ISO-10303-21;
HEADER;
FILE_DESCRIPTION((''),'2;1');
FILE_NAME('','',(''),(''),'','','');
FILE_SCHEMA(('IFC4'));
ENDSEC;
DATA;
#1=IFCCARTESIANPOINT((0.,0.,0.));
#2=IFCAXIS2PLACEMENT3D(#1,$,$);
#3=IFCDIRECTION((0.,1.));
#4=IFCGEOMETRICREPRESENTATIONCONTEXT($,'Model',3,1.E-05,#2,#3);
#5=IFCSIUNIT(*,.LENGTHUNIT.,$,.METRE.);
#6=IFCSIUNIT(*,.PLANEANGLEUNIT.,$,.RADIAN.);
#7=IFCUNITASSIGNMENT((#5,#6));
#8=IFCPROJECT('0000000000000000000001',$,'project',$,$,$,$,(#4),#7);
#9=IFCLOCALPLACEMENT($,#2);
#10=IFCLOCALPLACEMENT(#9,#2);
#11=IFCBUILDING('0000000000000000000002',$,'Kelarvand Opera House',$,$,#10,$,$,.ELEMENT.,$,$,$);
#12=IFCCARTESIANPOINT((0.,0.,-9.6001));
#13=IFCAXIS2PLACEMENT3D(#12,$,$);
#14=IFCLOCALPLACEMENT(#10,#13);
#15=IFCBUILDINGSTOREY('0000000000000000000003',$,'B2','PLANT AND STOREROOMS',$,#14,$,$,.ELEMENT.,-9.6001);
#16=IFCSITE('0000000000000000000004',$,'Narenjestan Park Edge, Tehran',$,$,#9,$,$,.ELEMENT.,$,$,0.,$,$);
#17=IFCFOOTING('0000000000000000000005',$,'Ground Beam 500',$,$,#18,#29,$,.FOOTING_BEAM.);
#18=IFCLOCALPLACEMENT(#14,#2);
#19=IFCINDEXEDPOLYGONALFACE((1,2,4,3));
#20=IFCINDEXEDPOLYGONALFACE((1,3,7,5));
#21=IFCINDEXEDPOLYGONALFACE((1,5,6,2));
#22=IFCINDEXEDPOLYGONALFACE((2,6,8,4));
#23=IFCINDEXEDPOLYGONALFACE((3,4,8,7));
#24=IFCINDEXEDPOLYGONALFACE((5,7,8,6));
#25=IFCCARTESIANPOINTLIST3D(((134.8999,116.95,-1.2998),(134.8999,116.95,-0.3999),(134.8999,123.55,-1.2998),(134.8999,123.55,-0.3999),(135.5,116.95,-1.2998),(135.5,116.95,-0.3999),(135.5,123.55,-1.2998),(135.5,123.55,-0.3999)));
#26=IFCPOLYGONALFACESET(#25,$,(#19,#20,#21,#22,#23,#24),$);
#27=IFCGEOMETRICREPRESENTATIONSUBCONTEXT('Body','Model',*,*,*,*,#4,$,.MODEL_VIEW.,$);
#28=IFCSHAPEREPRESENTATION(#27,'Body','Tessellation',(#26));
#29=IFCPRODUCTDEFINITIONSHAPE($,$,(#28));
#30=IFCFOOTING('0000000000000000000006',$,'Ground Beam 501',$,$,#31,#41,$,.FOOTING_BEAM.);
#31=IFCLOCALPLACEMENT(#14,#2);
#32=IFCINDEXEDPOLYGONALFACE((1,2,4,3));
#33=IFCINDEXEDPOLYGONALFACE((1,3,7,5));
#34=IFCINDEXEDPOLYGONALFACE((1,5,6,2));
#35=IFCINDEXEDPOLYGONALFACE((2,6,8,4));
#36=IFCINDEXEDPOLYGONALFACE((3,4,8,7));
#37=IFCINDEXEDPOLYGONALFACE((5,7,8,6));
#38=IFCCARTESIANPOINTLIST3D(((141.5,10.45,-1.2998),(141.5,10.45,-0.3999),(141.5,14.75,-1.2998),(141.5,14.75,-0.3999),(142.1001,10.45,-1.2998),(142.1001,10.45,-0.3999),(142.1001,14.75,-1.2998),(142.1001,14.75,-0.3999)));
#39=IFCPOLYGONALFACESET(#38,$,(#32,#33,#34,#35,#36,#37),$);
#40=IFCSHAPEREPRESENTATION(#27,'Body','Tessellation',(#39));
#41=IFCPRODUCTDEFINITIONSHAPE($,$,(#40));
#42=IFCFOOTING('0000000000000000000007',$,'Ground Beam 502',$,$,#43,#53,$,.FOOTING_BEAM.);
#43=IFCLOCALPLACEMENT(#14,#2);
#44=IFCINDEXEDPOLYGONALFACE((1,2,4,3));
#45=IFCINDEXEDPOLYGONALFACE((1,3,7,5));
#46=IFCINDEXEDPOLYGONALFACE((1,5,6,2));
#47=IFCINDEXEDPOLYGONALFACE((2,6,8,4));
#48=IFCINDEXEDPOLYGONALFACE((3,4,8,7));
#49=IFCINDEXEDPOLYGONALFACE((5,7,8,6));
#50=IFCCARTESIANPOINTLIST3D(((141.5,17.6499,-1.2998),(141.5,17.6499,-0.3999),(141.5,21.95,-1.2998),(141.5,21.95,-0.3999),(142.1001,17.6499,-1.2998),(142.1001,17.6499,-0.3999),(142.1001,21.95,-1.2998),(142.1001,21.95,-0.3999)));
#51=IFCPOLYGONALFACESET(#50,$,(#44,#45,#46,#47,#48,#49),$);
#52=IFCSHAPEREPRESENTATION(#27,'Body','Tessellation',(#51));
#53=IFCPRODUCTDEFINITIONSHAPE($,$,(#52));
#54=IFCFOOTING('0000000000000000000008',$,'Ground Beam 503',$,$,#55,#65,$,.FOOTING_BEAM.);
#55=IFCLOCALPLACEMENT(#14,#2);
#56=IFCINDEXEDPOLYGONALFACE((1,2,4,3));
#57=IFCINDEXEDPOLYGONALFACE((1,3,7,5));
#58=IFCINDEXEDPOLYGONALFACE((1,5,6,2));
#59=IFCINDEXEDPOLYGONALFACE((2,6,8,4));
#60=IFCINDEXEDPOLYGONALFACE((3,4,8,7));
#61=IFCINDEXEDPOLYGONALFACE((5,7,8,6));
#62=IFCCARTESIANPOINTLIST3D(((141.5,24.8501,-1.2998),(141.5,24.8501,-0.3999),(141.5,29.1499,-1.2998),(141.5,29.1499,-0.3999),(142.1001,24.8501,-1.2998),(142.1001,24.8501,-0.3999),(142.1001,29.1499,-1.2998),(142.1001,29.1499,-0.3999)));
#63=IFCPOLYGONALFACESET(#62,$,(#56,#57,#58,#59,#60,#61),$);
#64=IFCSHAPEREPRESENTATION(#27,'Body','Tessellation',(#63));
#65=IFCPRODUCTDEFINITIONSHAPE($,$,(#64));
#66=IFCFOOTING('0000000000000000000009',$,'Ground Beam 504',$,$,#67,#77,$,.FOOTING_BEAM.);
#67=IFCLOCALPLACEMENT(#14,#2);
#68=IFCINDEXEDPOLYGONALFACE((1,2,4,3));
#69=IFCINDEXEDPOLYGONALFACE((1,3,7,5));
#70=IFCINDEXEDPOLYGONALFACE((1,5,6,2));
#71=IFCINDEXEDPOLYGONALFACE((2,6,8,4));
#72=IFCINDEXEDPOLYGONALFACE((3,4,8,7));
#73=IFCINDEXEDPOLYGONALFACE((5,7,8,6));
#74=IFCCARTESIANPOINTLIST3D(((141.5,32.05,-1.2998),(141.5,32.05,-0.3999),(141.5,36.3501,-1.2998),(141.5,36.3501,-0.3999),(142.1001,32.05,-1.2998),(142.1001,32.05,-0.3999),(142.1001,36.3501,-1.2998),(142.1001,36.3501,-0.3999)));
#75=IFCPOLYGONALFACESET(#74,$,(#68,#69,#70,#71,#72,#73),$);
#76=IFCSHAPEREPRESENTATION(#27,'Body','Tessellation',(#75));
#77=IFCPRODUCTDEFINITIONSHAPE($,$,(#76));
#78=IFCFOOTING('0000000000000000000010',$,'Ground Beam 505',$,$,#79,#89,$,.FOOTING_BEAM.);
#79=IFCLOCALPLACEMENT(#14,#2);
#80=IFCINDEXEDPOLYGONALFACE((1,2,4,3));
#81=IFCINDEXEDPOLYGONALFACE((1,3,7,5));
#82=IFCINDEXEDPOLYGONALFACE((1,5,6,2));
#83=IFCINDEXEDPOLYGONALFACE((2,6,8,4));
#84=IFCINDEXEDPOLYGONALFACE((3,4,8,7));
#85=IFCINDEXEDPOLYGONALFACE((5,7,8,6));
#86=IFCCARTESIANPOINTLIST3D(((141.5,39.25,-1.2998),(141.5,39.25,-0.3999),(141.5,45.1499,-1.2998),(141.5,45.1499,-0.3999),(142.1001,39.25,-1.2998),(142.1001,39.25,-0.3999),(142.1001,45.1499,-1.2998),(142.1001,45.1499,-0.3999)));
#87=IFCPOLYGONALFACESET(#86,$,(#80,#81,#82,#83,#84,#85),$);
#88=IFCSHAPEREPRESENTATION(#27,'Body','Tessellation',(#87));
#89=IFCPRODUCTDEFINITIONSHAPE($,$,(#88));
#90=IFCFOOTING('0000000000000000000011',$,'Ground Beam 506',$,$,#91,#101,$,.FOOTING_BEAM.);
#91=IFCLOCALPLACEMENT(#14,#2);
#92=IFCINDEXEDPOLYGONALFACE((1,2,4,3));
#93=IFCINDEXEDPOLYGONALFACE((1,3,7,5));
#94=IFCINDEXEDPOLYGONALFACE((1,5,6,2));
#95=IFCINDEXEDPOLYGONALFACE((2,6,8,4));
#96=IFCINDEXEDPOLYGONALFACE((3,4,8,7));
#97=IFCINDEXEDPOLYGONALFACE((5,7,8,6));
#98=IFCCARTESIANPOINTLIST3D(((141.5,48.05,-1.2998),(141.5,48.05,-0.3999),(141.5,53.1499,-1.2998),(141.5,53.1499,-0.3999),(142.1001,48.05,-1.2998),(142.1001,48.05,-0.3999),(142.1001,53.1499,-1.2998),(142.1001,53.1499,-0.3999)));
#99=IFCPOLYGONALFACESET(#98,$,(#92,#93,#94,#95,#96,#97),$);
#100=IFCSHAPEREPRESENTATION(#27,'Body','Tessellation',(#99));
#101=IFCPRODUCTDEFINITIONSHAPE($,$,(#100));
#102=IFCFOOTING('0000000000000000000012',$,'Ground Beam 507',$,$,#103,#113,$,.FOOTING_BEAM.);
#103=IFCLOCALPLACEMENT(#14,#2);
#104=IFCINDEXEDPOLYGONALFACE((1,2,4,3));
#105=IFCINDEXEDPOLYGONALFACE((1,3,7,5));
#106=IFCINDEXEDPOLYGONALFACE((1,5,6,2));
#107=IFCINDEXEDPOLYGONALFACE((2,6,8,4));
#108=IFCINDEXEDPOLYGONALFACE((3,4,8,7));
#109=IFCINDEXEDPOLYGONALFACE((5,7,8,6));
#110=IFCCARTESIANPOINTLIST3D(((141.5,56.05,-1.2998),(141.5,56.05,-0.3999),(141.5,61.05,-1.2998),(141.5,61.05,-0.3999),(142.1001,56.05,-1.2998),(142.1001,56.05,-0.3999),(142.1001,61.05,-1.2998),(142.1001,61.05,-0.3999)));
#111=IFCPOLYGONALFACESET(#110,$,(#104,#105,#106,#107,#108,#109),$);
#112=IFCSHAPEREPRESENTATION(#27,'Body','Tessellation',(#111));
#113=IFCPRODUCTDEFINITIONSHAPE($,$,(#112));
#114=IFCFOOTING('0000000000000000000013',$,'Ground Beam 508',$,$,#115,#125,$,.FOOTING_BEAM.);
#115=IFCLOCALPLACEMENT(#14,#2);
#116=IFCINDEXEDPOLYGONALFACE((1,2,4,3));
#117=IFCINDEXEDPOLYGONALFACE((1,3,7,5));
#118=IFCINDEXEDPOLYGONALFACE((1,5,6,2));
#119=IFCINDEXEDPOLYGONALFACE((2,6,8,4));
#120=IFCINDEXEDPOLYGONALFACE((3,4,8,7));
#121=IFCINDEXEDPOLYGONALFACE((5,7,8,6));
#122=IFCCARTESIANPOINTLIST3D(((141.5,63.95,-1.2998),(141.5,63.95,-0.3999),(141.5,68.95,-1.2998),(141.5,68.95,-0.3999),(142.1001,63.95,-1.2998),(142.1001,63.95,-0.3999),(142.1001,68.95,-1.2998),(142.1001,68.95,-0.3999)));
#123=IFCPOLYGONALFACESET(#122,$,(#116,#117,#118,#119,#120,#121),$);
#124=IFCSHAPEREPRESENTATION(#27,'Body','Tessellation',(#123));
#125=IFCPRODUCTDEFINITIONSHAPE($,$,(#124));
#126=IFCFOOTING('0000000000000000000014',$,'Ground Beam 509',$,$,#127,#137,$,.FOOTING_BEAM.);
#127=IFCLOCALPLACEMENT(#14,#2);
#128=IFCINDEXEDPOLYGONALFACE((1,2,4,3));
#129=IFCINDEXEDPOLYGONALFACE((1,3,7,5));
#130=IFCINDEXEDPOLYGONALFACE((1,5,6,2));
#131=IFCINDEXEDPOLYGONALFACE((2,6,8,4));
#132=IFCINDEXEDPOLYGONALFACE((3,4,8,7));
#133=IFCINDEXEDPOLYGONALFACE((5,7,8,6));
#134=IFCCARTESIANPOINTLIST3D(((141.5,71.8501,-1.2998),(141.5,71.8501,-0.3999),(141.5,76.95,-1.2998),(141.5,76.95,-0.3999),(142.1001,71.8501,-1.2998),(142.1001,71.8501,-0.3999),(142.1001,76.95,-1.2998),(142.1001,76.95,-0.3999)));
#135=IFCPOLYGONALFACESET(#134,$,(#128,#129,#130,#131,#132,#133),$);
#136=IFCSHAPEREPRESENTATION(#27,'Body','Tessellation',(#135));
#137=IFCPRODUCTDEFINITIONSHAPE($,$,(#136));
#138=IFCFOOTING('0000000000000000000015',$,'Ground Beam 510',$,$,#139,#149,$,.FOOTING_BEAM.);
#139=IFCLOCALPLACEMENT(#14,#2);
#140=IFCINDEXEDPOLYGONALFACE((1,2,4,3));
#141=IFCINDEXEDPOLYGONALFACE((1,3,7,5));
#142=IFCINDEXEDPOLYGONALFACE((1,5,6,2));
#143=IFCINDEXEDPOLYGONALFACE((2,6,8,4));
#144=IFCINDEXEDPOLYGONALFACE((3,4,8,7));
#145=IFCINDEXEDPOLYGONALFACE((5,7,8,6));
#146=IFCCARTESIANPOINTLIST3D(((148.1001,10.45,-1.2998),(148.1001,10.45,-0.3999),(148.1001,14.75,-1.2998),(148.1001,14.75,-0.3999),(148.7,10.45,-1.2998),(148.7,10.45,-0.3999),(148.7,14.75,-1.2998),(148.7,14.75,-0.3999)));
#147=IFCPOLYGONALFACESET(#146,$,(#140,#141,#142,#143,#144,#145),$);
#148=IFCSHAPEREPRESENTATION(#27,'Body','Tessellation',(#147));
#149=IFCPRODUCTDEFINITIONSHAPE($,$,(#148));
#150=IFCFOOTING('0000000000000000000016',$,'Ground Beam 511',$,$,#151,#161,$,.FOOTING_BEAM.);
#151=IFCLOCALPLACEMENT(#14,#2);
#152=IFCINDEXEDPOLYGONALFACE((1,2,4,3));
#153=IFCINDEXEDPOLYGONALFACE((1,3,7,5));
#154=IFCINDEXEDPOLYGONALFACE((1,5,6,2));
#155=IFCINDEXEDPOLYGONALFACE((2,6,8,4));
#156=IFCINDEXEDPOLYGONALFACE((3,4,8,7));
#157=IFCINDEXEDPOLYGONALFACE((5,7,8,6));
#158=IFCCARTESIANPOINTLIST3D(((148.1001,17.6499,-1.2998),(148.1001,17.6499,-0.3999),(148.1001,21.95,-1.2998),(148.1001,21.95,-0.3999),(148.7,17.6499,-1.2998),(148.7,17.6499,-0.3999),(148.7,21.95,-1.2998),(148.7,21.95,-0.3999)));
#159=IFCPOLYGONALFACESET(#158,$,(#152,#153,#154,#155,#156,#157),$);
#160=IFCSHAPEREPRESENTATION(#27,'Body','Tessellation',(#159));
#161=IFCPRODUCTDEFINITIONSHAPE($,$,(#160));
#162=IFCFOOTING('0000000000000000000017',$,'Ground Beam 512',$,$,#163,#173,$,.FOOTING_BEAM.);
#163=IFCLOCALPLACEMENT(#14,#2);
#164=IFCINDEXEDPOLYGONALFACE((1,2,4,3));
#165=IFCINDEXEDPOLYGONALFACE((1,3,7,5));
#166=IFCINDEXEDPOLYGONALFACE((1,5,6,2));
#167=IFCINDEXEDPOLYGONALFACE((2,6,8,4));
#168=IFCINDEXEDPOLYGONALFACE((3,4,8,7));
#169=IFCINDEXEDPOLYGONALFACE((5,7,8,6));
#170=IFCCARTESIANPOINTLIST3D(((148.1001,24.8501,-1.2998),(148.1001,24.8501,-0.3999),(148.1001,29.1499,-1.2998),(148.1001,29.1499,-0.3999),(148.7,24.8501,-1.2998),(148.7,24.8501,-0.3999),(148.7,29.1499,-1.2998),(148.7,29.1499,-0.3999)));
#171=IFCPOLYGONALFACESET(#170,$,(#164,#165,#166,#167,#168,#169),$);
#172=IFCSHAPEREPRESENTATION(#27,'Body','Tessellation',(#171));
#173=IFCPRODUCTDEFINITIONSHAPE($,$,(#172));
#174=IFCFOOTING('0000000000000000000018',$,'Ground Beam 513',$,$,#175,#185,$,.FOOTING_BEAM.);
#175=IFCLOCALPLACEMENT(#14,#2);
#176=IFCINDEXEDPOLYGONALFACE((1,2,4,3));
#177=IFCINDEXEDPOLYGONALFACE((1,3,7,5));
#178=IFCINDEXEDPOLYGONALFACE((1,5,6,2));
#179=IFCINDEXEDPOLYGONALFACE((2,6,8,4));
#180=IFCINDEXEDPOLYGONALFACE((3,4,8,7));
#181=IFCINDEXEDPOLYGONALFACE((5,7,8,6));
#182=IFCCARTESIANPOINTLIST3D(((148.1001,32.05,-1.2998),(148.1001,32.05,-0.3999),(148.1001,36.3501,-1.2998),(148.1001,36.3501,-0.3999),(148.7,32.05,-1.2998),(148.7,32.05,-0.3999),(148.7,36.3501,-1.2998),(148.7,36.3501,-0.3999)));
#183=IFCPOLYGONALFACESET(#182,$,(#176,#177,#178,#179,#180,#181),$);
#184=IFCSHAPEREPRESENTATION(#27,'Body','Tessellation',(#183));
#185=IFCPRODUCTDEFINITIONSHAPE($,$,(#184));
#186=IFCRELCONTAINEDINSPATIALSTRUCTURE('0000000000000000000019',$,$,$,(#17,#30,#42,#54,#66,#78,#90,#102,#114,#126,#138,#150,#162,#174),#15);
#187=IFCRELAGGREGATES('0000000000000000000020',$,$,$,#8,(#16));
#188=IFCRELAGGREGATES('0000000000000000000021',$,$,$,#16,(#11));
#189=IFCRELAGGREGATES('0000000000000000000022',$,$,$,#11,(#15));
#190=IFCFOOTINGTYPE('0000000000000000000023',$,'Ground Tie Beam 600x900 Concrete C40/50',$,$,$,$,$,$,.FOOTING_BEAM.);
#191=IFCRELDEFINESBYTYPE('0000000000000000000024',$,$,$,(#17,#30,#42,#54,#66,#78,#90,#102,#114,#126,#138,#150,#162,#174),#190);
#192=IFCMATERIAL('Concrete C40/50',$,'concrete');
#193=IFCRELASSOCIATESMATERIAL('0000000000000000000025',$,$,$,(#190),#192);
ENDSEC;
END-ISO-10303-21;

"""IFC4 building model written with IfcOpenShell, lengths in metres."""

from ifc_helpers import new_model, si_unit, direction, frame, origin, place, context, subcontext, project, spatial, polyline, outline, extrude, material, type_object, element, save


model = new_model("IFC4")

# Units and contexts
model_context = context("Model", 3, precision=1e-05, world=origin(), true_north=direction((0.0, 1.0)))
body_context = subcontext(model_context, "Body", "Model", "MODEL_VIEW")
ifc_project = project(units=[si_unit("LENGTHUNIT", "METRE"), si_unit("PLANEANGLEUNIT", "RADIAN")], contexts=[model_context])

# Site, building, storey
site_placement = place(None, origin())
site = spatial("IfcSite", under=ifc_project, at=site_placement, Name="Narenjestan Park Edge, Tehran", CompositionType="ELEMENT", RefElevation=0.0)
building_placement = place(site_placement, origin())
building = spatial("IfcBuilding", under=site, at=building_placement, Name="Kelarvand Opera House", CompositionType="ELEMENT")
storey_placement = place(building_placement, frame((0.0, 0.0, -9.6001)))
storey = spatial("IfcBuildingStorey", under=building, at=storey_placement, Name="B2", Description="PLANT AND STOREROOMS", CompositionType="ELEMENT", Elevation=-9.6001)

# Footings
ifc_material = material(Name="Concrete C40/50", Category="concrete")
footing_type = type_object("IfcFootingType", Name="Ground Tie Beam 600x900 Concrete C40/50", PredefinedType="FOOTING_BEAM", material=ifc_material)
footing_1_placement = place(storey_placement, frame((0.0, 0.0, -1.2998)))
element("IfcFooting", 1, at=footing_1_placement, inside=storey, type_object=footing_type, Name="Ground Beam 500", PredefinedType="FOOTING_BEAM", context=body_context, shape_type="SweptSolid", body=[
    extrude(outline(polyline([(134.8999, 116.95), (135.5, 116.95), (135.5, 123.55), (134.8999, 123.55), (134.8999, 116.95)])), origin(), (0.0, 0.0, 1.0), 0.8999),
])
footing_2_placement = place(storey_placement, frame((0.0, 0.0, -1.2998)))
element("IfcFooting", 2, at=footing_2_placement, inside=storey, type_object=footing_type, Name="Ground Beam 501", PredefinedType="FOOTING_BEAM", context=body_context, shape_type="SweptSolid", body=[
    extrude(outline(polyline([(141.5, 10.45), (142.1001, 10.45), (142.1001, 14.75), (141.5, 14.75), (141.5, 10.45)])), origin(), (0.0, 0.0, 1.0), 0.8999),
])
footing_3_placement = place(storey_placement, frame((0.0, 0.0, -1.2998)))
element("IfcFooting", 3, at=footing_3_placement, inside=storey, type_object=footing_type, Name="Ground Beam 502", PredefinedType="FOOTING_BEAM", context=body_context, shape_type="SweptSolid", body=[
    extrude(outline(polyline([(141.5, 17.6499), (142.1001, 17.6499), (142.1001, 21.95), (141.5, 21.95), (141.5, 17.6499)])), origin(), (0.0, 0.0, 1.0), 0.8999),
])
footing_4_placement = place(storey_placement, frame((0.0, 0.0, -1.2998)))
element("IfcFooting", 4, at=footing_4_placement, inside=storey, type_object=footing_type, Name="Ground Beam 503", PredefinedType="FOOTING_BEAM", context=body_context, shape_type="SweptSolid", body=[
    extrude(outline(polyline([(141.5, 24.8501), (142.1001, 24.8501), (142.1001, 29.1499), (141.5, 29.1499), (141.5, 24.8501)])), origin(), (0.0, 0.0, 1.0), 0.8999),
])
footing_5_placement = place(storey_placement, frame((0.0, 0.0, -1.2998)))
element("IfcFooting", 5, at=footing_5_placement, inside=storey, type_object=footing_type, Name="Ground Beam 504", PredefinedType="FOOTING_BEAM", context=body_context, shape_type="SweptSolid", body=[
    extrude(outline(polyline([(141.5, 32.05), (142.1001, 32.05), (142.1001, 36.3501), (141.5, 36.3501), (141.5, 32.05)])), origin(), (0.0, 0.0, 1.0), 0.8999),
])
footing_6_placement = place(storey_placement, frame((0.0, 0.0, -1.2998)))
element("IfcFooting", 6, at=footing_6_placement, inside=storey, type_object=footing_type, Name="Ground Beam 505", PredefinedType="FOOTING_BEAM", context=body_context, shape_type="SweptSolid", body=[
    extrude(outline(polyline([(141.5, 39.25), (142.1001, 39.25), (142.1001, 45.1499), (141.5, 45.1499), (141.5, 39.25)])), origin(), (0.0, 0.0, 1.0), 0.8999),
])
footing_7_placement = place(storey_placement, frame((0.0, 0.0, -1.2998)))
element("IfcFooting", 7, at=footing_7_placement, inside=storey, type_object=footing_type, Name="Ground Beam 506", PredefinedType="FOOTING_BEAM", context=body_context, shape_type="SweptSolid", body=[
    extrude(outline(polyline([(141.5, 48.05), (142.1001, 48.05), (142.1001, 53.1499), (141.5, 53.1499), (141.5, 48.05)])), origin(), (0.0, 0.0, 1.0), 0.8999),
])
footing_8_placement = place(storey_placement, frame((0.0, 0.0, -1.2998)))
element("IfcFooting", 8, at=footing_8_placement, inside=storey, type_object=footing_type, Name="Ground Beam 507", PredefinedType="FOOTING_BEAM", context=body_context, shape_type="SweptSolid", body=[
    extrude(outline(polyline([(141.5, 56.05), (142.1001, 56.05), (142.1001, 61.05), (141.5, 61.05), (141.5, 56.05)])), origin(), (0.0, 0.0, 1.0), 0.8999),
])
footing_9_placement = place(storey_placement, frame((0.0, 0.0, -1.2998)))
element("IfcFooting", 9, at=footing_9_placement, inside=storey, type_object=footing_type, Name="Ground Beam 508", PredefinedType="FOOTING_BEAM", context=body_context, shape_type="SweptSolid", body=[
    extrude(outline(polyline([(141.5, 63.95), (142.1001, 63.95), (142.1001, 68.95), (141.5, 68.95), (141.5, 63.95)])), origin(), (0.0, 0.0, 1.0), 0.8999),
])
footing_10_placement = place(storey_placement, frame((0.0, 0.0, -1.2998)))
element("IfcFooting", 10, at=footing_10_placement, inside=storey, type_object=footing_type, Name="Ground Beam 509", PredefinedType="FOOTING_BEAM", context=body_context, shape_type="SweptSolid", body=[
    extrude(outline(polyline([(141.5, 71.8501), (142.1001, 71.8501), (142.1001, 76.95), (141.5, 76.95), (141.5, 71.8501)])), origin(), (0.0, 0.0, 1.0), 0.8999),
])
footing_11_placement = place(storey_placement, frame((0.0, 0.0, -1.2998)))
element("IfcFooting", 11, at=footing_11_placement, inside=storey, type_object=footing_type, Name="Ground Beam 510", PredefinedType="FOOTING_BEAM", context=body_context, shape_type="SweptSolid", body=[
    extrude(outline(polyline([(148.1001, 10.45), (148.7, 10.45), (148.7, 14.75), (148.1001, 14.75), (148.1001, 10.45)])), origin(), (0.0, 0.0, 1.0), 0.8999),
])
footing_12_placement = place(storey_placement, frame((0.0, 0.0, -1.2998)))
element("IfcFooting", 12, at=footing_12_placement, inside=storey, type_object=footing_type, Name="Ground Beam 511", PredefinedType="FOOTING_BEAM", context=body_context, shape_type="SweptSolid", body=[
    extrude(outline(polyline([(148.1001, 17.6499), (148.7, 17.6499), (148.7, 21.95), (148.1001, 21.95), (148.1001, 17.6499)])), origin(), (0.0, 0.0, 1.0), 0.8999),
])
footing_13_placement = place(storey_placement, frame((0.0, 0.0, -1.2998)))
element("IfcFooting", 13, at=footing_13_placement, inside=storey, type_object=footing_type, Name="Ground Beam 512", PredefinedType="FOOTING_BEAM", context=body_context, shape_type="SweptSolid", body=[
    extrude(outline(polyline([(148.1001, 24.8501), (148.7, 24.8501), (148.7, 29.1499), (148.1001, 29.1499), (148.1001, 24.8501)])), origin(), (0.0, 0.0, 1.0), 0.8999),
])
footing_14_placement = place(storey_placement, frame((0.0, 0.0, -1.2998)))
element("IfcFooting", 14, at=footing_14_placement, inside=storey, type_object=footing_type, Name="Ground Beam 513", PredefinedType="FOOTING_BEAM", context=body_context, shape_type="SweptSolid", body=[
    extrude(outline(polyline([(148.1001, 32.05), (148.7, 32.05), (148.7, 36.3501), (148.1001, 36.3501), (148.1001, 32.05)])), origin(), (0.0, 0.0, 1.0), 0.8999),
])

save(model, "model.ifc")
